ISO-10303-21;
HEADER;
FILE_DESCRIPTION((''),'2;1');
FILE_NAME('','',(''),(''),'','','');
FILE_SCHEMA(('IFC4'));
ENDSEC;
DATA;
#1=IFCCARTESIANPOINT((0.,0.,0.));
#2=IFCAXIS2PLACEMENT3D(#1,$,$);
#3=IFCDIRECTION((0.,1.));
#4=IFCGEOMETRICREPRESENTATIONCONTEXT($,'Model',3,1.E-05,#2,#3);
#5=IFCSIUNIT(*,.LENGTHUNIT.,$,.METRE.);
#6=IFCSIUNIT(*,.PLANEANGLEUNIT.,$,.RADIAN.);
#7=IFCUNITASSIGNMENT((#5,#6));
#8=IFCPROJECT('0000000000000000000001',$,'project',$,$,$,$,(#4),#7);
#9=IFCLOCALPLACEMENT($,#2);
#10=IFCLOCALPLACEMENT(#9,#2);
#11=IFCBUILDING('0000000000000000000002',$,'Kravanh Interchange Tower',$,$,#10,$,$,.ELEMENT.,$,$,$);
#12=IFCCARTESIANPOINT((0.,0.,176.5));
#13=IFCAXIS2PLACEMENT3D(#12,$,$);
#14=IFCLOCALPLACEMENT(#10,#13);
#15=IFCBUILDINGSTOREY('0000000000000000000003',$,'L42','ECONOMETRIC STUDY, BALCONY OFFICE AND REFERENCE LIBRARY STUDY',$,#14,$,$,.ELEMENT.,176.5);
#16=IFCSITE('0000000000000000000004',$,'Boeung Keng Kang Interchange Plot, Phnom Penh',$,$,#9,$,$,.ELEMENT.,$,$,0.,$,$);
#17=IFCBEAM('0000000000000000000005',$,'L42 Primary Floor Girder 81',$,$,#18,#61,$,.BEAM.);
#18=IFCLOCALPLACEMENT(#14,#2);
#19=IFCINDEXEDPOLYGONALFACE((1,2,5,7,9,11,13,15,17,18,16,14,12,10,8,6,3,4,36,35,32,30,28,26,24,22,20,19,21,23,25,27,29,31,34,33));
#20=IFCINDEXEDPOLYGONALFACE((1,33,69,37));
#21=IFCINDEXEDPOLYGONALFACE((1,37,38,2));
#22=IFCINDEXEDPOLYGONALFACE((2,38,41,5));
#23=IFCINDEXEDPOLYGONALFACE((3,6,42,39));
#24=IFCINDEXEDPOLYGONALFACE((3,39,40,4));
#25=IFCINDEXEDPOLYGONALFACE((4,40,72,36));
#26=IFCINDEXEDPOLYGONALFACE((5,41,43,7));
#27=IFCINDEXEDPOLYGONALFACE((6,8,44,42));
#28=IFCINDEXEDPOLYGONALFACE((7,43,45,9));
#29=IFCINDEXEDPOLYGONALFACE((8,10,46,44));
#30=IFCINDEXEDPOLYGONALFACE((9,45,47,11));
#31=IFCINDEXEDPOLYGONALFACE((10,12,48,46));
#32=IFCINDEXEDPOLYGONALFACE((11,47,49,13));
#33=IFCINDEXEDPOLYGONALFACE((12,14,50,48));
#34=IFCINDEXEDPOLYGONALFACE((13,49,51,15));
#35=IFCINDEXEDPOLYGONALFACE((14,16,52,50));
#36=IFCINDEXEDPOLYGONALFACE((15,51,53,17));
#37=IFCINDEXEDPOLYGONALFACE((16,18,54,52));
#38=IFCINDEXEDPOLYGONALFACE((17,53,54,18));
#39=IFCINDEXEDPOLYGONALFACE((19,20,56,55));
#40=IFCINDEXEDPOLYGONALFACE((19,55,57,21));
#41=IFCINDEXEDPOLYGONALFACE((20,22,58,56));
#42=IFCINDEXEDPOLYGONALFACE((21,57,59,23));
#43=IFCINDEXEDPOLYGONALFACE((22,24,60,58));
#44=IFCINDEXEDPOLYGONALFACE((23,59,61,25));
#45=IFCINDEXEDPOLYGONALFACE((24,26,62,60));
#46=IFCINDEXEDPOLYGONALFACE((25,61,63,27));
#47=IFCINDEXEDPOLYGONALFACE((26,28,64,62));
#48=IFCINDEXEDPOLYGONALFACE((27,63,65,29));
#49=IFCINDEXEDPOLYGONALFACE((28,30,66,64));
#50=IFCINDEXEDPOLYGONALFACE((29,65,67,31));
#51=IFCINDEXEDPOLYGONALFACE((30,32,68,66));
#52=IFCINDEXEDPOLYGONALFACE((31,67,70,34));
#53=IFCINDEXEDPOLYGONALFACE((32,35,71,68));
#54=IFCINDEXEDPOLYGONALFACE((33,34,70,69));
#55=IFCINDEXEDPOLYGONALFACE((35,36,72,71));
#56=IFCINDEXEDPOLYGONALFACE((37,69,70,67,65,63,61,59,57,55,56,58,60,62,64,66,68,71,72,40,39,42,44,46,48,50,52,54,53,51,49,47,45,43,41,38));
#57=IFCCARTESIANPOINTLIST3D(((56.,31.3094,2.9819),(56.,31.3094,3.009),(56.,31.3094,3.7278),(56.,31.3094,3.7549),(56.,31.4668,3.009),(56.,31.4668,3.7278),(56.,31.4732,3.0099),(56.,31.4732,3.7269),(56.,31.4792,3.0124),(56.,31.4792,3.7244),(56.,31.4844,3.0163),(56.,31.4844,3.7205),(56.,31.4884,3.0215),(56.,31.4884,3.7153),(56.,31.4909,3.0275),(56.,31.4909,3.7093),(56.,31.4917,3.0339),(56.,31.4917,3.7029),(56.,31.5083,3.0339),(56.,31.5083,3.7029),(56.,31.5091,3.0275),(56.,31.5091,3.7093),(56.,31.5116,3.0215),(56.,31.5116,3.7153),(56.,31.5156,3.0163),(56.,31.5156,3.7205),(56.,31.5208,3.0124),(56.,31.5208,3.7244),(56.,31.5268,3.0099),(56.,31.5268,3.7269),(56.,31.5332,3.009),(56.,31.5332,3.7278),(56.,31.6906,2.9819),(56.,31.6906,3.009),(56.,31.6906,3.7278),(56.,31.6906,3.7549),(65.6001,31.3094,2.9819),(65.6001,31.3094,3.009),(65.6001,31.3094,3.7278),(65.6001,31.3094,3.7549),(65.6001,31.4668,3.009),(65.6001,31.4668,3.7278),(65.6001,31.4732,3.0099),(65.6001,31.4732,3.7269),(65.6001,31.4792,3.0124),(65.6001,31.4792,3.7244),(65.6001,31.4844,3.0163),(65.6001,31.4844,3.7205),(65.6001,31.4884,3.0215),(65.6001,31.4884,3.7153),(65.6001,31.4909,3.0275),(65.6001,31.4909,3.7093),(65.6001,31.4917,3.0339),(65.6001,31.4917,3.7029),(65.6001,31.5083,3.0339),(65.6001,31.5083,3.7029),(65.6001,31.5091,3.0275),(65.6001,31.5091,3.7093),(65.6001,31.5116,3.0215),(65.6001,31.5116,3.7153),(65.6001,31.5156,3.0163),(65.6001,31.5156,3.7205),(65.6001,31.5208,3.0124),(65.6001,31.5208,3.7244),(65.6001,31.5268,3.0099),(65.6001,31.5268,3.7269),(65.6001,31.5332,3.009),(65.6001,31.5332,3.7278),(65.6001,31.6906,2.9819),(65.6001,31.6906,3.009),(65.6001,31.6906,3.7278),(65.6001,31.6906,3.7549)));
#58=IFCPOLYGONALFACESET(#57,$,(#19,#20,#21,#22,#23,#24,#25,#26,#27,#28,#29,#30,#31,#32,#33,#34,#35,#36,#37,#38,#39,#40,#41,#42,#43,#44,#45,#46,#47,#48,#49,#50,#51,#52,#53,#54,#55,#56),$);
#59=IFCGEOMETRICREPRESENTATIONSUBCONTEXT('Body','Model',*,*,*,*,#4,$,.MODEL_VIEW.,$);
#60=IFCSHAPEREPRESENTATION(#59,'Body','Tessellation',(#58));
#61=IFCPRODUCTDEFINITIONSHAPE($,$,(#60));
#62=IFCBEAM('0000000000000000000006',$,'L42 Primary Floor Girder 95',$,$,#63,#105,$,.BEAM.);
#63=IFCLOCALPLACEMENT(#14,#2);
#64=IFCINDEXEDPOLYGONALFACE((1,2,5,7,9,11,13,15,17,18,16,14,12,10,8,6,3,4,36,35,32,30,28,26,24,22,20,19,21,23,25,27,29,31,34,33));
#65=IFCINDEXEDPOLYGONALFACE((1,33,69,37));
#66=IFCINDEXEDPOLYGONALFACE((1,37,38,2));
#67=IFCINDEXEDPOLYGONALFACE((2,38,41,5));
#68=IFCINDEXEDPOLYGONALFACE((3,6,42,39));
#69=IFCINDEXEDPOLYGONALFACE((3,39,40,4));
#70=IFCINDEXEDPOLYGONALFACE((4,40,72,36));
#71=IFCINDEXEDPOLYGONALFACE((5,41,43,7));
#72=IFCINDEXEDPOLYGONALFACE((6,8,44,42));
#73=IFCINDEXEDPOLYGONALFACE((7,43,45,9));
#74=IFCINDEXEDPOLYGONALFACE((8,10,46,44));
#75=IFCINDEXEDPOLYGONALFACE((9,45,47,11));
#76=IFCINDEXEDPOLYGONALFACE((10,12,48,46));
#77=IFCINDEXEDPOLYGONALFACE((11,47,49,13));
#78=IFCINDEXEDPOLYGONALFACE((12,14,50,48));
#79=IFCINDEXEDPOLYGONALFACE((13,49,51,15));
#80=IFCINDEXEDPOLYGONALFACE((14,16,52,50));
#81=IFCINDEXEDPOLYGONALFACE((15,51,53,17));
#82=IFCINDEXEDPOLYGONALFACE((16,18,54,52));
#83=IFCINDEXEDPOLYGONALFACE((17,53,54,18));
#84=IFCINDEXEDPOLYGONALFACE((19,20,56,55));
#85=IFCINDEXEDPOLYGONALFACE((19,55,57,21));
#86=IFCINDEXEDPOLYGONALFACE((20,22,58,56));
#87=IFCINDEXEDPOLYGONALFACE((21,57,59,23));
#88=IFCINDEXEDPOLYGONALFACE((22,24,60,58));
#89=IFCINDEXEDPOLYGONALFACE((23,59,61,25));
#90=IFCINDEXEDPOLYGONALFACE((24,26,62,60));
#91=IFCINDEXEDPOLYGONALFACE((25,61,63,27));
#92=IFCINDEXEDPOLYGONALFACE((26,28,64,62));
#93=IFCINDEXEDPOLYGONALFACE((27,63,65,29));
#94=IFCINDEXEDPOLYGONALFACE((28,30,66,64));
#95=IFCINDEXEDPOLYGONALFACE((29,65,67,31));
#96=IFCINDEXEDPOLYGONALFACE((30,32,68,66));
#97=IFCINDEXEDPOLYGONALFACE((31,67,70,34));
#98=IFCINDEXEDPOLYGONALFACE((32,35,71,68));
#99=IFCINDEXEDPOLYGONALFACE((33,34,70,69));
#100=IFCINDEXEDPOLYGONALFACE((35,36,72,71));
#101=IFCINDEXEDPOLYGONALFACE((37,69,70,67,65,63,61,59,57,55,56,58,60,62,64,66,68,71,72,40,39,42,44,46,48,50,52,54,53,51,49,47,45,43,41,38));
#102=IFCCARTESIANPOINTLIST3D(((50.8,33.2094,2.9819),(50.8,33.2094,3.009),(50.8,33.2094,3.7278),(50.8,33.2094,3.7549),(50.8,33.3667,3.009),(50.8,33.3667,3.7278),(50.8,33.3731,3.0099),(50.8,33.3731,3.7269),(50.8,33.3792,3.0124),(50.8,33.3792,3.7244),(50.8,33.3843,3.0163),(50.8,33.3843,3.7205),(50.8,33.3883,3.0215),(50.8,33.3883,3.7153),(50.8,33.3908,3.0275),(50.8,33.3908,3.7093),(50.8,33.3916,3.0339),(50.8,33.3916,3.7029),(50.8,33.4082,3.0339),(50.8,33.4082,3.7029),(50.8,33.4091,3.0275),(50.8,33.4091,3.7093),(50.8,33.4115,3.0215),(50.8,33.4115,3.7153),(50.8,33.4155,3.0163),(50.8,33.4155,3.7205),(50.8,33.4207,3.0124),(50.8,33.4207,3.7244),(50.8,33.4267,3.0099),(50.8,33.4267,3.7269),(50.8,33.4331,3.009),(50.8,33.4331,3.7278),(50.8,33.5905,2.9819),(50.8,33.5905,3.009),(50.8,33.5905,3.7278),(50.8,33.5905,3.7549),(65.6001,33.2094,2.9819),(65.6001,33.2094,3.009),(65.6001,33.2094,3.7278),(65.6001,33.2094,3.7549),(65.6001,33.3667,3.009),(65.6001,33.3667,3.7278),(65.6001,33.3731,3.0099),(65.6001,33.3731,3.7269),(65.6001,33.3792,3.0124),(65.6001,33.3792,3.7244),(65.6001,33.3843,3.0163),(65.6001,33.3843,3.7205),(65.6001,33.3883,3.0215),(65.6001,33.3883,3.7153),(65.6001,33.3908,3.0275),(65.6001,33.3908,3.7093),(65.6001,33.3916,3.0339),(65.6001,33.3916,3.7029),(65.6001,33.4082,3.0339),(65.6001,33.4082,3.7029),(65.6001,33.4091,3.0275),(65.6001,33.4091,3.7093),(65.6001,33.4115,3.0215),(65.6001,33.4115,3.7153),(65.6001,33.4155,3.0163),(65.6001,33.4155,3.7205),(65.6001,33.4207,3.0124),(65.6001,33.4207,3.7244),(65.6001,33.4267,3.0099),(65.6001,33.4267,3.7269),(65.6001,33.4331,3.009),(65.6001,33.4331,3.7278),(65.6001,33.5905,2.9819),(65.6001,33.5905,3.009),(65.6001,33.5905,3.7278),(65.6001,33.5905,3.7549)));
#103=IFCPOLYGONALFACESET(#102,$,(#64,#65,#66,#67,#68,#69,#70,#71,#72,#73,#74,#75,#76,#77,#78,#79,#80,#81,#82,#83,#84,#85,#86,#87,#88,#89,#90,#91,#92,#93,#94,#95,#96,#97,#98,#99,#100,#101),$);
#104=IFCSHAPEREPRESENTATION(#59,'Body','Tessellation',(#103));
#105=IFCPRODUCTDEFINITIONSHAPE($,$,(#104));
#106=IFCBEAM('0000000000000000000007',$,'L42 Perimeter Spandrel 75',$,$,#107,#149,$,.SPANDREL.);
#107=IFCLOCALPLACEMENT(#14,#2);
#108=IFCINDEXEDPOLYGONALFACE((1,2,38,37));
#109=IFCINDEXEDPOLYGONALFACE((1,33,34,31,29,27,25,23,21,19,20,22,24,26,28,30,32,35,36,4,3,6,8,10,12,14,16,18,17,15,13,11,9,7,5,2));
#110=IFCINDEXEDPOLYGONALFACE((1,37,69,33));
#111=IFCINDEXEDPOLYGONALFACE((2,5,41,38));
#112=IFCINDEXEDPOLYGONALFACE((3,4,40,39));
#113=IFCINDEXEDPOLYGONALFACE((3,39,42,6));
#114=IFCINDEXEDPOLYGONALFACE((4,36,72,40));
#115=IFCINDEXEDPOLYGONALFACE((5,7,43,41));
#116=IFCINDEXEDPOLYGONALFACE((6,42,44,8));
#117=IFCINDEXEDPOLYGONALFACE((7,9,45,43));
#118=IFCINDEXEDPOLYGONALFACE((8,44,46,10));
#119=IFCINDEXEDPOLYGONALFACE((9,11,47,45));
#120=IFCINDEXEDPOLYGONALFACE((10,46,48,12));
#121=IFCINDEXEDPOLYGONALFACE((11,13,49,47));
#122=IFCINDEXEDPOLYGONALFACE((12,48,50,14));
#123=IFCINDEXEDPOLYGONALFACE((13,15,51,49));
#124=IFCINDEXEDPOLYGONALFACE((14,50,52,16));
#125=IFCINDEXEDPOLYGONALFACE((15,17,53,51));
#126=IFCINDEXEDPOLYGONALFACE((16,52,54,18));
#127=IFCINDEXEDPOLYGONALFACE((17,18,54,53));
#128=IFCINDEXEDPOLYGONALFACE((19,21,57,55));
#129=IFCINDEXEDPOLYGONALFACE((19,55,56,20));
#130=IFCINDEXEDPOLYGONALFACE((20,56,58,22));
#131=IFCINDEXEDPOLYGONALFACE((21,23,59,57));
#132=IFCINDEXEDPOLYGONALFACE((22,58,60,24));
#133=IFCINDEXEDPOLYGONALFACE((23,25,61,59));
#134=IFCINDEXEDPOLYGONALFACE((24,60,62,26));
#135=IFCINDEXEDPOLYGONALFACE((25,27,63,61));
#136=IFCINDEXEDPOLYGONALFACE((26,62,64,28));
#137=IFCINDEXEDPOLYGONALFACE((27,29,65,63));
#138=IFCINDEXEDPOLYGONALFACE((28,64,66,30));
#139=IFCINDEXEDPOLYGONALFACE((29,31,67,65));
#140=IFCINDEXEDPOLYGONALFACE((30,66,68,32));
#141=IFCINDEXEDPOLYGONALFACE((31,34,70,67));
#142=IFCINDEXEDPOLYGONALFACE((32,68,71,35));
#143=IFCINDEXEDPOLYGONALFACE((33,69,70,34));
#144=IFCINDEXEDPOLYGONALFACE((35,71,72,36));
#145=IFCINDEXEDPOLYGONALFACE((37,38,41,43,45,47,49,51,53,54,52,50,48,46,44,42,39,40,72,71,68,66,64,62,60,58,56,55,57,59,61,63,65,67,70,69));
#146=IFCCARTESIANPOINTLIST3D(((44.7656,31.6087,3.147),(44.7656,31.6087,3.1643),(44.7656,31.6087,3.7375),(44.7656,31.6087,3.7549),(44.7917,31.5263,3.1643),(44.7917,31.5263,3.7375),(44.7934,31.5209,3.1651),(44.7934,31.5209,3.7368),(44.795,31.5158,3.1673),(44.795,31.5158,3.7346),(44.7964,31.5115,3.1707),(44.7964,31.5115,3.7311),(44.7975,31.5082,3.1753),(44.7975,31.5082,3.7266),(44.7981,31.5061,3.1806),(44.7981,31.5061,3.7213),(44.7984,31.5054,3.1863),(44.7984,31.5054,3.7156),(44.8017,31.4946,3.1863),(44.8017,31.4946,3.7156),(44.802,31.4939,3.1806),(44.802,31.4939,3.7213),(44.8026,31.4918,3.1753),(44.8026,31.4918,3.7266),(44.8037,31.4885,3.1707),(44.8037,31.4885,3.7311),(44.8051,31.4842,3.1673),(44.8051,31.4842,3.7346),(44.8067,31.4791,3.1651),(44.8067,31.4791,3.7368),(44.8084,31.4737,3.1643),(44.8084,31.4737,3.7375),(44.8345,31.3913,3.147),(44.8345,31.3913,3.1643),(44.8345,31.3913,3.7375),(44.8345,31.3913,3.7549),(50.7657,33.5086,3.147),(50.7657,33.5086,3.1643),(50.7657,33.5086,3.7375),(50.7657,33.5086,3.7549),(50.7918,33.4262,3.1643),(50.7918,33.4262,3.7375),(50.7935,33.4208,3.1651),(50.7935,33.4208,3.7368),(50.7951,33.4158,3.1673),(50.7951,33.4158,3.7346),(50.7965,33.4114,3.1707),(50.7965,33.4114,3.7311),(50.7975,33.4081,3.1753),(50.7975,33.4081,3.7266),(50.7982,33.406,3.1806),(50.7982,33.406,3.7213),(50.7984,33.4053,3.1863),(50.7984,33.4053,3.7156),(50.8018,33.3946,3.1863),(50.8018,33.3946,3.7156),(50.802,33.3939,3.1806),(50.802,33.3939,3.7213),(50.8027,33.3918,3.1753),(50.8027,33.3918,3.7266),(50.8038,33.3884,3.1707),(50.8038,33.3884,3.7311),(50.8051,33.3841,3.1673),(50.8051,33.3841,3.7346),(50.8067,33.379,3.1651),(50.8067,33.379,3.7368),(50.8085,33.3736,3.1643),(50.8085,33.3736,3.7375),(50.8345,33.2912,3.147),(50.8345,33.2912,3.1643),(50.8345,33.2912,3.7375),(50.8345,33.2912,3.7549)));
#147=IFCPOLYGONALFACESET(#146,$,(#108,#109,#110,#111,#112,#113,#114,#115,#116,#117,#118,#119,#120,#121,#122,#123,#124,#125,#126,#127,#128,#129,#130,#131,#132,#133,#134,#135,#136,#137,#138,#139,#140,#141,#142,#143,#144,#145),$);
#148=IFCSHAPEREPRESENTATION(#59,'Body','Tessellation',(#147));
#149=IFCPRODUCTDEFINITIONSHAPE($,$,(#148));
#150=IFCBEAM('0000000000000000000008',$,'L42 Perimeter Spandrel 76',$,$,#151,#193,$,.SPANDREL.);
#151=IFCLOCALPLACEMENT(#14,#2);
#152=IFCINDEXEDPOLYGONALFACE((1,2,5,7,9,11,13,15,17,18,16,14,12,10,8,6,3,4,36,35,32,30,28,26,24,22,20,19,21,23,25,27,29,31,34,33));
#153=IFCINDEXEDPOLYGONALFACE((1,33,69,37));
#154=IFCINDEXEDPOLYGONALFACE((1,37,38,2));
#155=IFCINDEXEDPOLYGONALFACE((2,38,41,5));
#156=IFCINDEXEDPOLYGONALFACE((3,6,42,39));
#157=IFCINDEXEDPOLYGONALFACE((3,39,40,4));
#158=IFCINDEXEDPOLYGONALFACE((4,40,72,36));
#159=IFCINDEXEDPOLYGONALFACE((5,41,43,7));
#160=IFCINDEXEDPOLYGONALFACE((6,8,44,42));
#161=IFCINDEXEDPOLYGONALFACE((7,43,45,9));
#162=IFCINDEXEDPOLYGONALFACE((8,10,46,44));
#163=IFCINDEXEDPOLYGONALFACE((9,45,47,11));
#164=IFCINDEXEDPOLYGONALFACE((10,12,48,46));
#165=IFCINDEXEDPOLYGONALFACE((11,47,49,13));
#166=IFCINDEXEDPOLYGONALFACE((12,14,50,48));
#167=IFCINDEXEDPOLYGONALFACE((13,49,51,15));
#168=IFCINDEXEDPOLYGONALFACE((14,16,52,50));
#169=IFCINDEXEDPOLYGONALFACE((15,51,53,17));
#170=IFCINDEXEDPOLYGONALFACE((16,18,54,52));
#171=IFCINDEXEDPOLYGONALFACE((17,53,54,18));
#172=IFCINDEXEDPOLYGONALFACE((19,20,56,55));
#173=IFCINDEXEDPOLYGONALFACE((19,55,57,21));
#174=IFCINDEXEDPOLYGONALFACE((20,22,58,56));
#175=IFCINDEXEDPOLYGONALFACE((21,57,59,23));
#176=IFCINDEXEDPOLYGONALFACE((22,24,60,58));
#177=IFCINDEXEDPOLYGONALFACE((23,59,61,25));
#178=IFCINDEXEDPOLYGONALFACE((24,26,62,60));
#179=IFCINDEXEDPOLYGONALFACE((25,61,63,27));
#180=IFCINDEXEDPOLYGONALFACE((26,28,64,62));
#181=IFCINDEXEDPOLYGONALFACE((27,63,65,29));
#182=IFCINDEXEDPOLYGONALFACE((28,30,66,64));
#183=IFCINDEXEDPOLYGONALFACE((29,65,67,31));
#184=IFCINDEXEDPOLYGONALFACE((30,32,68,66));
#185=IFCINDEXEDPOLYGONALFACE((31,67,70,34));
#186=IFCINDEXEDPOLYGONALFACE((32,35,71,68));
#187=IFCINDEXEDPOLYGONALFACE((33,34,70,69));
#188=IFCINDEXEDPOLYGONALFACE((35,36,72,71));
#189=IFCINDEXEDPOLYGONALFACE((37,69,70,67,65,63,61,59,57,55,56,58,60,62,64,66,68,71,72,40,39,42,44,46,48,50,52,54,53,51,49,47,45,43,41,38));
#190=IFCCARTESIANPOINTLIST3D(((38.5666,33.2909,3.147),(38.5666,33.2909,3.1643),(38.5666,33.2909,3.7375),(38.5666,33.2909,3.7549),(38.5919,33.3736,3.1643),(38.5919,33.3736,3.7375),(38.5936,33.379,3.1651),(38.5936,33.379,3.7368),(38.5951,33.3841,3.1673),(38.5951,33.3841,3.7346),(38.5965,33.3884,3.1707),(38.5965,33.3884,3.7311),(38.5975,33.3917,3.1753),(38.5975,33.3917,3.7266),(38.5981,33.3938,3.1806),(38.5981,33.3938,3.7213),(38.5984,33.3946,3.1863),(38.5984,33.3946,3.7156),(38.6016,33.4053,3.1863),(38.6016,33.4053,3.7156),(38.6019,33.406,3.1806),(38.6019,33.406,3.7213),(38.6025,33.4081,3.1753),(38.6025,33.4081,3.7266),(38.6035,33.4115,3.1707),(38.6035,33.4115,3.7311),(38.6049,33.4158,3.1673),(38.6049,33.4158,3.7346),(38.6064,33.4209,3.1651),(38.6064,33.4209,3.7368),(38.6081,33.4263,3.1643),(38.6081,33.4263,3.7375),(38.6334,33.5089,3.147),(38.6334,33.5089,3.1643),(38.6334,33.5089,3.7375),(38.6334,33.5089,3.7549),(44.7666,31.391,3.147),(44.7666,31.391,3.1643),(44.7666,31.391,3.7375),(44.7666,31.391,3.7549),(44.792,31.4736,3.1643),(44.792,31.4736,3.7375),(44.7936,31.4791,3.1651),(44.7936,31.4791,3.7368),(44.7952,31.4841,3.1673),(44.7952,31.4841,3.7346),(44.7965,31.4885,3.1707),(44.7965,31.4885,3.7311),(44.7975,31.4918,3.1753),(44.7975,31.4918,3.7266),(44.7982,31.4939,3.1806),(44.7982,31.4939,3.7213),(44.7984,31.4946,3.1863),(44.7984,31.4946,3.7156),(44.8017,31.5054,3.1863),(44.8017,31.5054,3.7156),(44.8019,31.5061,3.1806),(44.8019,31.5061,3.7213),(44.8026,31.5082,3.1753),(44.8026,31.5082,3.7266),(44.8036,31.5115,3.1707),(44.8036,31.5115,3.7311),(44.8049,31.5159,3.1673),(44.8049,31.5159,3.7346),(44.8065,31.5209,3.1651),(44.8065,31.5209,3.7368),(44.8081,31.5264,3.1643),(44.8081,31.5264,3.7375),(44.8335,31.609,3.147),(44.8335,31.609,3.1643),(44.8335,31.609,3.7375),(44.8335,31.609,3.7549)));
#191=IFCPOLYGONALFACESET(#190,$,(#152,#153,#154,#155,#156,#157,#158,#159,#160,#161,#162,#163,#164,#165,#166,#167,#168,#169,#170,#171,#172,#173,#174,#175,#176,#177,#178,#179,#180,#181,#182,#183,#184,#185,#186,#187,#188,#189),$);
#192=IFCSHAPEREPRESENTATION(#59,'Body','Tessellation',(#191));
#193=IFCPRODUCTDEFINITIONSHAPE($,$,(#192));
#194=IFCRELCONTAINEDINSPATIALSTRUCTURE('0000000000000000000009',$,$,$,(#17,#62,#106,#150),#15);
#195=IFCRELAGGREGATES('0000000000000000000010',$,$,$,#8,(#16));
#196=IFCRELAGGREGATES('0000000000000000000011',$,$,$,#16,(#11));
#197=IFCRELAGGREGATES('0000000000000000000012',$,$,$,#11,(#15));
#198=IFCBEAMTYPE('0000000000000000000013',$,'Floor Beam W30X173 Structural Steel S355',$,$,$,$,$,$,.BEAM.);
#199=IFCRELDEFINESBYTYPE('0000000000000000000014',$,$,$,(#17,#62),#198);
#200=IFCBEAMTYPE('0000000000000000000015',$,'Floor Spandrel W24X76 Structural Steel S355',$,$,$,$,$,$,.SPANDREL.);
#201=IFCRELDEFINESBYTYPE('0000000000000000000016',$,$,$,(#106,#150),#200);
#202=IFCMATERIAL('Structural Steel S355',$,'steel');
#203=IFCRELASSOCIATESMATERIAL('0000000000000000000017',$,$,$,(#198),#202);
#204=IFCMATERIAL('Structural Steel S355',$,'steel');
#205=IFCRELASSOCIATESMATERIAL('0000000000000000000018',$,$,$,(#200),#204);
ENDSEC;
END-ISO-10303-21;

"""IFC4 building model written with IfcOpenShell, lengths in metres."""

from ifc_helpers import new_model, si_unit, direction, frame, origin, origin_2d, place, context, subcontext, project, spatial, i_section, extrude, material, material_profile, profile_set, type_object, element, save


model = new_model("IFC4")

# Units and contexts
model_context = context("Model", 3, precision=1e-05, world=origin(), true_north=direction((0.0, 1.0)))
body_context = subcontext(model_context, "Body", "Model", "MODEL_VIEW")
ifc_project = project(units=[si_unit("LENGTHUNIT", "METRE"), si_unit("PLANEANGLEUNIT", "RADIAN")], contexts=[model_context])

# Site, building, storey
site_placement = place(None, origin())
site = spatial("IfcSite", under=ifc_project, at=site_placement, Name="Boeung Keng Kang Interchange Plot, Phnom Penh", CompositionType="ELEMENT", RefElevation=0.0)
building_placement = place(site_placement, origin())
building = spatial("IfcBuilding", under=site, at=building_placement, Name="Kravanh Interchange Tower", CompositionType="ELEMENT")
storey_placement = place(building_placement, frame((0.0, 0.0, 176.5)))
storey = spatial("IfcBuildingStorey", under=building, at=storey_placement, Name="L42", Description="ECONOMETRIC STUDY, BALCONY OFFICE AND REFERENCE LIBRARY STUDY", CompositionType="ELEMENT", Elevation=176.5)

# Beams
ifc_material_1 = material(Name="Structural Steel S355", Category="steel")
ifc_material_profile_1 = material_profile(ifc_material_1, i_section(OverallWidth=0.3811, OverallDepth=0.7729, WebThickness=0.0166, FlangeThickness=0.0271, FilletRadius=0.0249, at=origin_2d()), Name="W30X173")
ifc_profile_set_1 = profile_set([ifc_material_profile_1], Name="Structural Steel S355")
beam_type_1 = type_object("IfcBeamType", Name="Floor Beam W30X173 Structural Steel S355", PredefinedType="BEAM", material=ifc_profile_set_1)
beam_1_placement = place(storey_placement, frame((56.0, 31.5, 3.3684), z_axis=(1.0, 0.0, 0.0), x_axis=(0.0, 1.0, 0.0)))
element("IfcBeam", 1, at=beam_1_placement, inside=storey, type_object=beam_type_1, Name="L42 Primary Floor Girder 81", PredefinedType="BEAM", context=body_context, shape_type="SweptSolid", body=[
    extrude(i_section(OverallWidth=0.3811, OverallDepth=0.7729, WebThickness=0.0166, FlangeThickness=0.0271, FilletRadius=0.0249, at=origin_2d()), origin(), (0.0, 0.0, 1.0), 9.6001),
])
beam_2_placement = place(storey_placement, frame((50.8, 33.3999, 3.3684), z_axis=(1.0, 0.0, 0.0), x_axis=(0.0, 1.0, 0.0)))
element("IfcBeam", 2, at=beam_2_placement, inside=storey, type_object=beam_type_1, Name="L42 Primary Floor Girder 95", PredefinedType="BEAM", context=body_context, shape_type="SweptSolid", body=[
    extrude(i_section(OverallWidth=0.3811, OverallDepth=0.7729, WebThickness=0.0166, FlangeThickness=0.0271, FilletRadius=0.0249, at=origin_2d()), origin(), (0.0, 0.0, 1.0), 14.8),
])
ifc_material_2 = material(Name="Structural Steel S355", Category="steel")
ifc_material_profile_2 = material_profile(ifc_material_2, i_section(OverallWidth=0.228, OverallDepth=0.6079, WebThickness=0.0112, FlangeThickness=0.0173, FilletRadius=0.022, at=origin_2d()), Name="W24X76")
ifc_profile_set_2 = profile_set([ifc_material_profile_2], Name="Structural Steel S355")
beam_type_2 = type_object("IfcBeamType", Name="Floor Spandrel W24X76 Structural Steel S355", PredefinedType="SPANDREL", material=ifc_profile_set_2)
beam_3_placement = place(storey_placement, frame((44.8, 31.5, 3.4509), z_axis=(0.953347, 0.301878, 0.0), x_axis=(-0.301878, 0.953347, 0.0)))
element("IfcBeam", 3, at=beam_3_placement, inside=storey, type_object=beam_type_2, Name="L42 Perimeter Spandrel 75", PredefinedType="SPANDREL", context=body_context, shape_type="SweptSolid", body=[
    extrude(i_section(OverallWidth=0.228, OverallDepth=0.6079, WebThickness=0.0112, FlangeThickness=0.0173, FilletRadius=0.022, at=origin_2d()), origin(), (0.0, 0.0, 1.0), 6.2937),
])
beam_4_placement = place(storey_placement, frame((44.8, 31.5, 3.4509), z_axis=(-0.956115, 0.29299, 0.0), x_axis=(-0.29299, -0.956115, 0.0)))
element("IfcBeam", 4, at=beam_4_placement, inside=storey, type_object=beam_type_2, Name="L42 Perimeter Spandrel 76", PredefinedType="SPANDREL", context=body_context, shape_type="SweptSolid", body=[
    extrude(i_section(OverallWidth=0.228, OverallDepth=0.6079, WebThickness=0.0112, FlangeThickness=0.0173, FilletRadius=0.022, at=origin_2d()), origin(), (0.0, 0.0, 1.0), 6.4846),
])

save(model, "model.ifc")
